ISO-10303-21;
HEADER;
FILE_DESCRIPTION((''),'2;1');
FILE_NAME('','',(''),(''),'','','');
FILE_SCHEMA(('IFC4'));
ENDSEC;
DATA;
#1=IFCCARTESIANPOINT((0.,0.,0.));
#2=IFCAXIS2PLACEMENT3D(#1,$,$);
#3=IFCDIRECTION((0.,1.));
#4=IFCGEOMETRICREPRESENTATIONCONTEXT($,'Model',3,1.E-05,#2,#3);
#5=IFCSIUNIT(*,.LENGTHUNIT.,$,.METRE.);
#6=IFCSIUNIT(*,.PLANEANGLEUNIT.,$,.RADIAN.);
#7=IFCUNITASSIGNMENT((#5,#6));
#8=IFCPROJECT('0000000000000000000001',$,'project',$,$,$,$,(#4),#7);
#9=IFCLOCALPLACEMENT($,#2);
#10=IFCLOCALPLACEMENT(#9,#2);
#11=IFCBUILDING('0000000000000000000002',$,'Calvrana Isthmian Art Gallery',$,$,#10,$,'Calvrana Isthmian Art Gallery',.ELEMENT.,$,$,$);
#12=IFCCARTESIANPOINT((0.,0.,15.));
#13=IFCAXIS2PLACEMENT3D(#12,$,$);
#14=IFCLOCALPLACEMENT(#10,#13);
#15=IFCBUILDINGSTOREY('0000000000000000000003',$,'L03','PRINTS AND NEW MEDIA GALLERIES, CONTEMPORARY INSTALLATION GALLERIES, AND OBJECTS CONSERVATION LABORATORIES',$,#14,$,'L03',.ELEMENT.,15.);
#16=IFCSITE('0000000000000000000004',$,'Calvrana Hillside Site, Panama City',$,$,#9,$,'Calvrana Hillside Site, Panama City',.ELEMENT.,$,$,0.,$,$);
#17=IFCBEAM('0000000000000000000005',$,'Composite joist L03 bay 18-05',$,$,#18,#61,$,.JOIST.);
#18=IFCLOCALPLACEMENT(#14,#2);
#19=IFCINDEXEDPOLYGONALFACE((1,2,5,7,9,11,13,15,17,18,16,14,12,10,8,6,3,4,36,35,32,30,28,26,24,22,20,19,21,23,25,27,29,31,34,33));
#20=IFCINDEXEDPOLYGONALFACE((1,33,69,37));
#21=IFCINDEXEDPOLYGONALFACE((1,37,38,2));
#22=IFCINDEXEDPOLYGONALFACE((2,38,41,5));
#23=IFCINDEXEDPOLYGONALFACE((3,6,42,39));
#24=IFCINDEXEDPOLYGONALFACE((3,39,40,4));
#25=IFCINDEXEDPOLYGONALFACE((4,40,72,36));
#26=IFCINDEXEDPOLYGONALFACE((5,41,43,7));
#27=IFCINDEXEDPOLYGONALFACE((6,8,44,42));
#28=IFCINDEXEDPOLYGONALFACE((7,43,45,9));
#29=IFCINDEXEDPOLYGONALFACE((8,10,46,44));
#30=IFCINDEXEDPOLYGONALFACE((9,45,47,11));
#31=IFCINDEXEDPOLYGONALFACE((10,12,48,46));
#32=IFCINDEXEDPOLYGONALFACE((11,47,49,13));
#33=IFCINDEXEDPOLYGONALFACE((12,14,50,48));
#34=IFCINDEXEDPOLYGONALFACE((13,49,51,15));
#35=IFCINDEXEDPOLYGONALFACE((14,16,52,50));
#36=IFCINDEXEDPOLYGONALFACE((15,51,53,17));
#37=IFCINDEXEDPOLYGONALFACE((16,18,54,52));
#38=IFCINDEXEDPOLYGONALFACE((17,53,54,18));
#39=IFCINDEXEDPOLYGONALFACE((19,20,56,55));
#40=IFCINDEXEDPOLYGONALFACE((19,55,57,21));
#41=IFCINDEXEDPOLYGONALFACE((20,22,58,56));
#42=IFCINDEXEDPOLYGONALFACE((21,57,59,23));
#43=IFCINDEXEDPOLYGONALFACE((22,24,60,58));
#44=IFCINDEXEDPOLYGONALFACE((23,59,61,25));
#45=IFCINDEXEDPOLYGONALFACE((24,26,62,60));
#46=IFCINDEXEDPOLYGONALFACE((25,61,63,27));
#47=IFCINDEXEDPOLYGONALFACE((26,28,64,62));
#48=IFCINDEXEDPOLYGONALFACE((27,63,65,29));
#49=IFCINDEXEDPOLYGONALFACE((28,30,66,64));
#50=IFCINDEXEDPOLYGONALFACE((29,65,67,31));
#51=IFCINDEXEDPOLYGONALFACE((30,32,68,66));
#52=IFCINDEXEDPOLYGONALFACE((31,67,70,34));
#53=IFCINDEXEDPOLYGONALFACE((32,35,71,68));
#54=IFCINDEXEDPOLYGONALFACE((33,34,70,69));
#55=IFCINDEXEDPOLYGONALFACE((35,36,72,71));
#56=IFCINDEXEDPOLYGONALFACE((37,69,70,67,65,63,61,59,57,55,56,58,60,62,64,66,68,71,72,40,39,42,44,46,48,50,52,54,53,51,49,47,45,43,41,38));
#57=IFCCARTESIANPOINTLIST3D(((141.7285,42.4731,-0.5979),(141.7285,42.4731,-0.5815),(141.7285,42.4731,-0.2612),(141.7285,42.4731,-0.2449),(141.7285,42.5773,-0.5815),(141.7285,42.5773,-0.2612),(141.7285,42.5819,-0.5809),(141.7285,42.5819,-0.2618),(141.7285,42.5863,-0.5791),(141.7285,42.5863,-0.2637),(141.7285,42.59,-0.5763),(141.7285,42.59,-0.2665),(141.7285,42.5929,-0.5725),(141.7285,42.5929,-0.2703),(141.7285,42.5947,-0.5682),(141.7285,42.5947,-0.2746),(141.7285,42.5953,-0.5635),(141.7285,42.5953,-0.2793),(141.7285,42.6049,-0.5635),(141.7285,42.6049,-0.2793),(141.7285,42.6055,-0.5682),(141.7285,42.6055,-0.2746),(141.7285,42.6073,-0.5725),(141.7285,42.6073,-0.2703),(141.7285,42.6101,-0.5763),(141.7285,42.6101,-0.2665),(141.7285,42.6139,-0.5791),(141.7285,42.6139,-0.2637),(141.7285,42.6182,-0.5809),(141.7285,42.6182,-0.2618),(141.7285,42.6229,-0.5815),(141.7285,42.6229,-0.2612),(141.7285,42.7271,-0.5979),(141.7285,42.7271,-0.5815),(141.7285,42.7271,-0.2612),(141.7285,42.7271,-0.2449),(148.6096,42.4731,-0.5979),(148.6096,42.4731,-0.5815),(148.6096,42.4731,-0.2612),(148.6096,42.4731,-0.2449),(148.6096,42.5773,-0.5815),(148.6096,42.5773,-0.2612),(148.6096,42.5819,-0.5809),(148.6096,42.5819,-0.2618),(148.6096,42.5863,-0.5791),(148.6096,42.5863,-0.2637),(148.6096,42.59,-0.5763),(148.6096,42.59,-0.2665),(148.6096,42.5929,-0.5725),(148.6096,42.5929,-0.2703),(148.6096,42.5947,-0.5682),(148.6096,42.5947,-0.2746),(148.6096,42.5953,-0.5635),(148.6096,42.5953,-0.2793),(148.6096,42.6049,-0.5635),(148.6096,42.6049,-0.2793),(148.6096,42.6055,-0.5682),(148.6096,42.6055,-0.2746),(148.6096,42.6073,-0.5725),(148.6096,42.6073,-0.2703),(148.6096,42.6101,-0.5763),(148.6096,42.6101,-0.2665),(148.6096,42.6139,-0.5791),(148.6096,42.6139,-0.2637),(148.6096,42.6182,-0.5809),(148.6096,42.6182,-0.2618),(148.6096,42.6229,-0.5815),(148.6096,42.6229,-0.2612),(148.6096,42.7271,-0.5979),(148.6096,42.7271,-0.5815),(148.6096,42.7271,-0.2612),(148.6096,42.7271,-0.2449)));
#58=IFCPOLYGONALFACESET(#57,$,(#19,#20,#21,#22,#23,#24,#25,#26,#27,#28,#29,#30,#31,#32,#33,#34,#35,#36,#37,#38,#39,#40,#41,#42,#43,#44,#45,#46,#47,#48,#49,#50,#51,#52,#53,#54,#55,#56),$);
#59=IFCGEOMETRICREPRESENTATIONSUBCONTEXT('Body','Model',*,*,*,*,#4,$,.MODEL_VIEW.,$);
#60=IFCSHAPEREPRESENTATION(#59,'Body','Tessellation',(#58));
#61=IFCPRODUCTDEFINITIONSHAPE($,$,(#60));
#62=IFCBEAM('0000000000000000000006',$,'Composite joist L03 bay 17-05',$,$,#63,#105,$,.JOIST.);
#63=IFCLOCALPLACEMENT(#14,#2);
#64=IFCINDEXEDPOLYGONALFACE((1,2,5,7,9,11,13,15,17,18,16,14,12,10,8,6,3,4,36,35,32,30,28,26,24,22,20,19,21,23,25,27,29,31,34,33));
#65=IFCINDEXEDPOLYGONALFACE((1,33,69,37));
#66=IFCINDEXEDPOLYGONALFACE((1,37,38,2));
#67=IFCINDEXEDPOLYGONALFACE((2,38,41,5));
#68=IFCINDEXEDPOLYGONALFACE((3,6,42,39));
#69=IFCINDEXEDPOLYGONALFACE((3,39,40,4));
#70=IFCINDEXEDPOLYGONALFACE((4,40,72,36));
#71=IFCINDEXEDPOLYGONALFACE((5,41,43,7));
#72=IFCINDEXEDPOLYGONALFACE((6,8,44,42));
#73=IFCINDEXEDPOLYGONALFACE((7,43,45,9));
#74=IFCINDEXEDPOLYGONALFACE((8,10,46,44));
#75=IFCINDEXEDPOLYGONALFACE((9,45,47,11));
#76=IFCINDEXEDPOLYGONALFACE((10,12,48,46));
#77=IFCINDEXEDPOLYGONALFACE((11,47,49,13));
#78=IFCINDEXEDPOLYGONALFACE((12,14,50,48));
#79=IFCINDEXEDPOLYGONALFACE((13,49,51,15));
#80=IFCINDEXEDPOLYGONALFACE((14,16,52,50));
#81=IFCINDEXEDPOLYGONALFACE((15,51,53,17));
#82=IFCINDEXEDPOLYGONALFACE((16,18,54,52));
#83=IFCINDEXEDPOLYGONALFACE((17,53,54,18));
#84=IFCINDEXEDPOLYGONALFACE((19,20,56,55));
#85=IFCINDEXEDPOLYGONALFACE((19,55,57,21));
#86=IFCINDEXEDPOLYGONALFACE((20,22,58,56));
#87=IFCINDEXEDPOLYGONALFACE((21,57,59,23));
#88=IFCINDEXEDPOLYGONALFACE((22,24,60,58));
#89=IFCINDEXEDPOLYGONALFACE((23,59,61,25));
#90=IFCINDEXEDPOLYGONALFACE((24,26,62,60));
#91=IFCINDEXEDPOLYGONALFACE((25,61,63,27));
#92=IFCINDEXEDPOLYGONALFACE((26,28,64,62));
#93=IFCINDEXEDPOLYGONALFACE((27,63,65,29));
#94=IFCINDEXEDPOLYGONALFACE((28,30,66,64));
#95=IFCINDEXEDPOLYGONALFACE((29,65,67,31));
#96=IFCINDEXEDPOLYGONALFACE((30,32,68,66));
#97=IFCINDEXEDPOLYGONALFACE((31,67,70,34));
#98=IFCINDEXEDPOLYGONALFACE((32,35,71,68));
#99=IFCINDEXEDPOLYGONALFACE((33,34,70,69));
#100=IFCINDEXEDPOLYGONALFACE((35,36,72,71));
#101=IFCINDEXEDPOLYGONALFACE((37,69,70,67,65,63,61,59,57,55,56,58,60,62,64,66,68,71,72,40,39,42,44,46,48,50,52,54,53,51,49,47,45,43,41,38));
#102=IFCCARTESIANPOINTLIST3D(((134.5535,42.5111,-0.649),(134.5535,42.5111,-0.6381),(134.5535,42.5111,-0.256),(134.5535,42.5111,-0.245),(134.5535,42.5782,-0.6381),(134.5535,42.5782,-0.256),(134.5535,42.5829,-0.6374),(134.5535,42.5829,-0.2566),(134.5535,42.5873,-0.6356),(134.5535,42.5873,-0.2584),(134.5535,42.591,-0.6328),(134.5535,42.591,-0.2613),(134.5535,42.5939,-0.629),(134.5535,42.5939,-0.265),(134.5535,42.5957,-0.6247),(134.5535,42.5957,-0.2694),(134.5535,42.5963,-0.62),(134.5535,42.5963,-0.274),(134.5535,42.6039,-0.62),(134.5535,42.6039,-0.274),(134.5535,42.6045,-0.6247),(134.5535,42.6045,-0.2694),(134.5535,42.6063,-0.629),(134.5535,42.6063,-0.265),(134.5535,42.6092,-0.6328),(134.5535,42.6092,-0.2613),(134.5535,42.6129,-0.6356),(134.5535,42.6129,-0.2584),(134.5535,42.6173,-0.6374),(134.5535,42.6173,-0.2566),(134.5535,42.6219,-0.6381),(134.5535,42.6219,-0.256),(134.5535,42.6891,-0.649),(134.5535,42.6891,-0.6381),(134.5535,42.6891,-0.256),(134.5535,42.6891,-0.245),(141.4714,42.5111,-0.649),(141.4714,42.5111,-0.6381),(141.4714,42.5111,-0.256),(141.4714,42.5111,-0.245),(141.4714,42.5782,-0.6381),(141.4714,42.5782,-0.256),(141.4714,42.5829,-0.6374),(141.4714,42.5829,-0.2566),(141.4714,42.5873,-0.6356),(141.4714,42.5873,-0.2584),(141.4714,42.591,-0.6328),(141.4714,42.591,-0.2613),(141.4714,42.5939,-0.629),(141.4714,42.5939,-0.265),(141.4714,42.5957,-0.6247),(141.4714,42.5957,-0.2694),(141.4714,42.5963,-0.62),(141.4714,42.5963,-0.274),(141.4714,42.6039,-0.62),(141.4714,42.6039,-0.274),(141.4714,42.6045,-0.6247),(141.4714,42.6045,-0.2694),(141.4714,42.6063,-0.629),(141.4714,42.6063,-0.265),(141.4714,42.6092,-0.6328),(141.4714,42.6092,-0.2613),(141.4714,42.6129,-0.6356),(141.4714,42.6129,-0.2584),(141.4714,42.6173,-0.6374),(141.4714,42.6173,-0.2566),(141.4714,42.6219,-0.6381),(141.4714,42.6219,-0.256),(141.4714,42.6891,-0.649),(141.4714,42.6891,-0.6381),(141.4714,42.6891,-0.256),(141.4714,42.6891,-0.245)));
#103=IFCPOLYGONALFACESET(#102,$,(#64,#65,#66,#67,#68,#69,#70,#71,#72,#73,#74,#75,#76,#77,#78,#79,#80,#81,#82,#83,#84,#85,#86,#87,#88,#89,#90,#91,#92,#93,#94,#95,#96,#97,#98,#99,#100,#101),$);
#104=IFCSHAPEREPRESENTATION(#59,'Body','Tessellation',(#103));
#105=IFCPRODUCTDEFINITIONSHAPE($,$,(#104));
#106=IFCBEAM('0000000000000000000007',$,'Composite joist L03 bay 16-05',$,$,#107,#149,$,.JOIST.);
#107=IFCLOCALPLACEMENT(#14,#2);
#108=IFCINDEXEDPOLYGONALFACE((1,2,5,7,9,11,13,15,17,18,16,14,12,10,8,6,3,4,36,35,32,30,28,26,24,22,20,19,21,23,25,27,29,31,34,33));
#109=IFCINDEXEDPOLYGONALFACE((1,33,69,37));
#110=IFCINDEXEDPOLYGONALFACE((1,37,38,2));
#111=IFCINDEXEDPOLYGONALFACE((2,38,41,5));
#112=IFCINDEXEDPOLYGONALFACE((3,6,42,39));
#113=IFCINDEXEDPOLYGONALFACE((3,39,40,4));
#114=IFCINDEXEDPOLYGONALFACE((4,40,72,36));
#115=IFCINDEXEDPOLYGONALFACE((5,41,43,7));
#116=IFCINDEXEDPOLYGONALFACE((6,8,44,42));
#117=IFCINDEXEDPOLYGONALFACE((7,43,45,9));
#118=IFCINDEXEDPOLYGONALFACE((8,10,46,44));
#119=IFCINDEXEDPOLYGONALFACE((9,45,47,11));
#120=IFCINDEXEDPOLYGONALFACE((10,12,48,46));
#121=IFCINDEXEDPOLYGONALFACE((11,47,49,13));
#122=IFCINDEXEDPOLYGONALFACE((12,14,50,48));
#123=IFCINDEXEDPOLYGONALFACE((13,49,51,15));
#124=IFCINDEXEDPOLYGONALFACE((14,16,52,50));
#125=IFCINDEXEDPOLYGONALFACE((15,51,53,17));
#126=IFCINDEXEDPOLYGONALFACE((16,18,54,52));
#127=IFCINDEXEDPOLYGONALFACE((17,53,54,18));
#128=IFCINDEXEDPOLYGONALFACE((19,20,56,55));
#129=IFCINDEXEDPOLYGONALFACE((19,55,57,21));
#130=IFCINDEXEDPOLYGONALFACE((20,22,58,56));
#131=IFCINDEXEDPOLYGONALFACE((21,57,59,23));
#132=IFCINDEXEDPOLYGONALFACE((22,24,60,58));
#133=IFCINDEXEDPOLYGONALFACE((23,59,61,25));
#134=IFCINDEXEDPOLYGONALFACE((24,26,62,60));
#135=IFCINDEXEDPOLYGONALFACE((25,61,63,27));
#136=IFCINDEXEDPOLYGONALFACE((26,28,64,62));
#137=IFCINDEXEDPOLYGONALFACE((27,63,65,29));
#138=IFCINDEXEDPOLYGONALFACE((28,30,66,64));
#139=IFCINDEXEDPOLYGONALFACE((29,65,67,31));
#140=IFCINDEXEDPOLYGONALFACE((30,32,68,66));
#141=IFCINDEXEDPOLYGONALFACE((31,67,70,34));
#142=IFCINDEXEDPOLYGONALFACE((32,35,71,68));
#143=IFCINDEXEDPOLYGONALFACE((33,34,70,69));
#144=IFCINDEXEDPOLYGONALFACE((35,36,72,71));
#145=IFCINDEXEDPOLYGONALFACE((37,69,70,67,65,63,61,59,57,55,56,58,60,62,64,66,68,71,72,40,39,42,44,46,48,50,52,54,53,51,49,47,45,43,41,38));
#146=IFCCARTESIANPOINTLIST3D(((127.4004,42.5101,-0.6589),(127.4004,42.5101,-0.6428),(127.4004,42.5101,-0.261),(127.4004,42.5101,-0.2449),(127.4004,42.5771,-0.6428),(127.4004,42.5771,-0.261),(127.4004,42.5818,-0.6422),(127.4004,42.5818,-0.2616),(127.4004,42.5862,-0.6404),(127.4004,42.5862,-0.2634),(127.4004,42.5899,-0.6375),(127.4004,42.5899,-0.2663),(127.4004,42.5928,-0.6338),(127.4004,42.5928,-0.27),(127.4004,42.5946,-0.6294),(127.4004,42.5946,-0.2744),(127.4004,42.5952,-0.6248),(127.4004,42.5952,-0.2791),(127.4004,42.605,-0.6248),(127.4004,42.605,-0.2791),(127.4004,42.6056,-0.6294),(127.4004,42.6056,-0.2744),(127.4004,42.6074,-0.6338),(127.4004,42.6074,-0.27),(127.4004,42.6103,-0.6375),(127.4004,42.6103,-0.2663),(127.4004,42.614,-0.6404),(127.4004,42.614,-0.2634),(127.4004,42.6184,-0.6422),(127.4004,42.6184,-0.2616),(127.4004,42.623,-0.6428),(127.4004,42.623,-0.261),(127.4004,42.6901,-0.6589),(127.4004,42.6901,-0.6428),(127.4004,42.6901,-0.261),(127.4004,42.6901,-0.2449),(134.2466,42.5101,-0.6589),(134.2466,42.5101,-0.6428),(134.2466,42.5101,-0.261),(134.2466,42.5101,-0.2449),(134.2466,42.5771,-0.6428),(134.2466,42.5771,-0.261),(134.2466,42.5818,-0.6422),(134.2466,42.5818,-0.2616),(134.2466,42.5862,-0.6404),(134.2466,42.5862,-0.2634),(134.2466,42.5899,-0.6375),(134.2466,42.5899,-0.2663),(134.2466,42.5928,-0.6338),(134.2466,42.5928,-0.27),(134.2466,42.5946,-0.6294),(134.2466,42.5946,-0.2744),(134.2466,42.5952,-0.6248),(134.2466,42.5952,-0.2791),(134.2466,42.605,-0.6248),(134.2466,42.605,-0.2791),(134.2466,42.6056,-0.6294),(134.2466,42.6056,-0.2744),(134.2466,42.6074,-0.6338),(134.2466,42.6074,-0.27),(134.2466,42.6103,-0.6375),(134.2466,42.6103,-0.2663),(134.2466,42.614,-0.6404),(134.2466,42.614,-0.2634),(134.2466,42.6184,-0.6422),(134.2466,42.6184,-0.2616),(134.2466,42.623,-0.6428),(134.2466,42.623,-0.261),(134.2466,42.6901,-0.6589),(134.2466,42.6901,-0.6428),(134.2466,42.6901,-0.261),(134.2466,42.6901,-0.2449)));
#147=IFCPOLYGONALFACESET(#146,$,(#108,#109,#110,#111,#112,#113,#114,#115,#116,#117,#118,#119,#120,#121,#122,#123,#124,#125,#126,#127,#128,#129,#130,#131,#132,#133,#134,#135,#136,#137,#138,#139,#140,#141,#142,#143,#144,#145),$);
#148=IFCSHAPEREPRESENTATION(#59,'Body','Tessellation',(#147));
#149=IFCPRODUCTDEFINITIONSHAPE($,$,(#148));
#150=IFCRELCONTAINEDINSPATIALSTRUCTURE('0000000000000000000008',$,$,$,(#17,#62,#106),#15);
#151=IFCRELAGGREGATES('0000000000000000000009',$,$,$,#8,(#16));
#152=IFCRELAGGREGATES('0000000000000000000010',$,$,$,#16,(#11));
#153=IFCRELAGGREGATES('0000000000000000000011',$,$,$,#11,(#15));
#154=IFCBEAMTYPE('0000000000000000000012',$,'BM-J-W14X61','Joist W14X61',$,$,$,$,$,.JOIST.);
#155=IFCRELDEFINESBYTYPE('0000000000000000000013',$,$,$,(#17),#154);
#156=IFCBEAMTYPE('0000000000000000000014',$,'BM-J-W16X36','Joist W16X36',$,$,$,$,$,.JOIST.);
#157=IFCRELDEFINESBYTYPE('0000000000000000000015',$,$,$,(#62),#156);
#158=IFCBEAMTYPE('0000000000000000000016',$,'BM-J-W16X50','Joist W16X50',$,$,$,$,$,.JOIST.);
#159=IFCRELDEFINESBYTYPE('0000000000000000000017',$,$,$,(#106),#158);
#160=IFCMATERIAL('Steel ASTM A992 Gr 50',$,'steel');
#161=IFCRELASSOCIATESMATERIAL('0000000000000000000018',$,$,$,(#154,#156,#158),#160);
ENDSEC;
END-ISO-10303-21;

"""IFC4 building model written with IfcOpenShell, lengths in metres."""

from ifc_helpers import new_model, si_unit, direction, frame, origin, origin_2d, place, context, subcontext, project, spatial, i_section, extrude, material, material_profile, profile_set, type_object, element, save


model = new_model("IFC4")

# Units and contexts
model_context = context("Model", 3, precision=1e-05, world=origin(), true_north=direction((0.0, 1.0)))
body_context = subcontext(model_context, "Body", "Model", "MODEL_VIEW")
ifc_project = project(units=[si_unit("LENGTHUNIT", "METRE"), si_unit("PLANEANGLEUNIT", "RADIAN")], contexts=[model_context])

# Site, building, storey
site_placement = place(None, origin())
site = spatial("IfcSite", under=ifc_project, at=site_placement, Name="Calvrana Hillside Site, Panama City", LongName="Calvrana Hillside Site, Panama City", CompositionType="ELEMENT", RefElevation=0.0)
building_placement = place(site_placement, origin())
building = spatial("IfcBuilding", under=site, at=building_placement, Name="Calvrana Isthmian Art Gallery", LongName="Calvrana Isthmian Art Gallery", CompositionType="ELEMENT")
storey_placement = place(building_placement, frame((0.0, 0.0, 15.0)))
storey = spatial("IfcBuildingStorey", under=building, at=storey_placement, Name="L03", Description="PRINTS AND NEW MEDIA GALLERIES, CONTEMPORARY INSTALLATION GALLERIES, AND OBJECTS CONSERVATION LABORATORIES", LongName="L03", CompositionType="ELEMENT", Elevation=15.0)

# Shared definitions
ifc_material_1 = material(Name="Steel ASTM A992 Gr 50", Category="steel")

# Beams
ifc_material_profile_1 = material_profile(ifc_material_1, i_section(OverallWidth=0.2539, OverallDepth=0.353, WebThickness=0.0095, FlangeThickness=0.0164, FilletRadius=0.0181, at=origin_2d()), Name="W14X61")
ifc_profile_set_1 = profile_set([ifc_material_profile_1], Name="Steel ASTM A992 Gr 50")
beam_type_1 = type_object("IfcBeamType", Name="BM-J-W14X61", Description="Joist W14X61", PredefinedType="JOIST", material=ifc_profile_set_1)
beam_1_placement = place(storey_placement, frame((141.7285, 42.6001, -0.4214), z_axis=(1.0, 0.0, 0.0), x_axis=(0.0, 1.0, 0.0)))
element("IfcBeam", 1, at=beam_1_placement, inside=storey, type_object=beam_type_1, Name="Composite joist L03 bay 18-05", PredefinedType="JOIST", context=body_context, shape_type="SweptSolid", body=[
    extrude(i_section(OverallWidth=0.2539, OverallDepth=0.353, WebThickness=0.0095, FlangeThickness=0.0164, FilletRadius=0.0181, at=origin_2d()), origin(), (0.0, 0.0, 1.0), 6.8811),
])
ifc_material_profile_2 = material_profile(ifc_material_1, i_section(OverallWidth=0.178, OverallDepth=0.4041, WebThickness=0.0076, FlangeThickness=0.011, FilletRadius=0.0181, at=origin_2d()), Name="W16X36")
ifc_profile_set_2 = profile_set([ifc_material_profile_2], Name="Steel ASTM A992 Gr 50")
beam_type_2 = type_object("IfcBeamType", Name="BM-J-W16X36", Description="Joist W16X36", PredefinedType="JOIST", material=ifc_profile_set_2)
beam_2_placement = place(storey_placement, frame((134.5535, 42.6001, -0.447), z_axis=(1.0, 0.0, 0.0), x_axis=(0.0, 1.0, 0.0)))
element("IfcBeam", 2, at=beam_2_placement, inside=storey, type_object=beam_type_2, Name="Composite joist L03 bay 17-05", PredefinedType="JOIST", context=body_context, shape_type="SweptSolid", body=[
    extrude(i_section(OverallWidth=0.178, OverallDepth=0.4041, WebThickness=0.0076, FlangeThickness=0.011, FilletRadius=0.0181, at=origin_2d()), origin(), (0.0, 0.0, 1.0), 6.918),
])
ifc_material_profile_3 = material_profile(ifc_material_1, i_section(OverallWidth=0.1799, OverallDepth=0.4141, WebThickness=0.0098, FlangeThickness=0.0161, FilletRadius=0.0181, at=origin_2d()), Name="W16X50")
ifc_profile_set_3 = profile_set([ifc_material_profile_3], Name="Steel ASTM A992 Gr 50")
beam_type_3 = type_object("IfcBeamType", Name="BM-J-W16X50", Description="Joist W16X50", PredefinedType="JOIST", material=ifc_profile_set_3)
beam_3_placement = place(storey_placement, frame((127.4004, 42.6001, -0.4519), z_axis=(1.0, 0.0, 0.0), x_axis=(0.0, 1.0, 0.0)))
element("IfcBeam", 3, at=beam_3_placement, inside=storey, type_object=beam_type_3, Name="Composite joist L03 bay 16-05", PredefinedType="JOIST", context=body_context, shape_type="SweptSolid", body=[
    extrude(i_section(OverallWidth=0.1799, OverallDepth=0.4141, WebThickness=0.0098, FlangeThickness=0.0161, FilletRadius=0.0181, at=origin_2d()), origin(), (0.0, 0.0, 1.0), 6.8462),
])

save(model, "model.ifc")
